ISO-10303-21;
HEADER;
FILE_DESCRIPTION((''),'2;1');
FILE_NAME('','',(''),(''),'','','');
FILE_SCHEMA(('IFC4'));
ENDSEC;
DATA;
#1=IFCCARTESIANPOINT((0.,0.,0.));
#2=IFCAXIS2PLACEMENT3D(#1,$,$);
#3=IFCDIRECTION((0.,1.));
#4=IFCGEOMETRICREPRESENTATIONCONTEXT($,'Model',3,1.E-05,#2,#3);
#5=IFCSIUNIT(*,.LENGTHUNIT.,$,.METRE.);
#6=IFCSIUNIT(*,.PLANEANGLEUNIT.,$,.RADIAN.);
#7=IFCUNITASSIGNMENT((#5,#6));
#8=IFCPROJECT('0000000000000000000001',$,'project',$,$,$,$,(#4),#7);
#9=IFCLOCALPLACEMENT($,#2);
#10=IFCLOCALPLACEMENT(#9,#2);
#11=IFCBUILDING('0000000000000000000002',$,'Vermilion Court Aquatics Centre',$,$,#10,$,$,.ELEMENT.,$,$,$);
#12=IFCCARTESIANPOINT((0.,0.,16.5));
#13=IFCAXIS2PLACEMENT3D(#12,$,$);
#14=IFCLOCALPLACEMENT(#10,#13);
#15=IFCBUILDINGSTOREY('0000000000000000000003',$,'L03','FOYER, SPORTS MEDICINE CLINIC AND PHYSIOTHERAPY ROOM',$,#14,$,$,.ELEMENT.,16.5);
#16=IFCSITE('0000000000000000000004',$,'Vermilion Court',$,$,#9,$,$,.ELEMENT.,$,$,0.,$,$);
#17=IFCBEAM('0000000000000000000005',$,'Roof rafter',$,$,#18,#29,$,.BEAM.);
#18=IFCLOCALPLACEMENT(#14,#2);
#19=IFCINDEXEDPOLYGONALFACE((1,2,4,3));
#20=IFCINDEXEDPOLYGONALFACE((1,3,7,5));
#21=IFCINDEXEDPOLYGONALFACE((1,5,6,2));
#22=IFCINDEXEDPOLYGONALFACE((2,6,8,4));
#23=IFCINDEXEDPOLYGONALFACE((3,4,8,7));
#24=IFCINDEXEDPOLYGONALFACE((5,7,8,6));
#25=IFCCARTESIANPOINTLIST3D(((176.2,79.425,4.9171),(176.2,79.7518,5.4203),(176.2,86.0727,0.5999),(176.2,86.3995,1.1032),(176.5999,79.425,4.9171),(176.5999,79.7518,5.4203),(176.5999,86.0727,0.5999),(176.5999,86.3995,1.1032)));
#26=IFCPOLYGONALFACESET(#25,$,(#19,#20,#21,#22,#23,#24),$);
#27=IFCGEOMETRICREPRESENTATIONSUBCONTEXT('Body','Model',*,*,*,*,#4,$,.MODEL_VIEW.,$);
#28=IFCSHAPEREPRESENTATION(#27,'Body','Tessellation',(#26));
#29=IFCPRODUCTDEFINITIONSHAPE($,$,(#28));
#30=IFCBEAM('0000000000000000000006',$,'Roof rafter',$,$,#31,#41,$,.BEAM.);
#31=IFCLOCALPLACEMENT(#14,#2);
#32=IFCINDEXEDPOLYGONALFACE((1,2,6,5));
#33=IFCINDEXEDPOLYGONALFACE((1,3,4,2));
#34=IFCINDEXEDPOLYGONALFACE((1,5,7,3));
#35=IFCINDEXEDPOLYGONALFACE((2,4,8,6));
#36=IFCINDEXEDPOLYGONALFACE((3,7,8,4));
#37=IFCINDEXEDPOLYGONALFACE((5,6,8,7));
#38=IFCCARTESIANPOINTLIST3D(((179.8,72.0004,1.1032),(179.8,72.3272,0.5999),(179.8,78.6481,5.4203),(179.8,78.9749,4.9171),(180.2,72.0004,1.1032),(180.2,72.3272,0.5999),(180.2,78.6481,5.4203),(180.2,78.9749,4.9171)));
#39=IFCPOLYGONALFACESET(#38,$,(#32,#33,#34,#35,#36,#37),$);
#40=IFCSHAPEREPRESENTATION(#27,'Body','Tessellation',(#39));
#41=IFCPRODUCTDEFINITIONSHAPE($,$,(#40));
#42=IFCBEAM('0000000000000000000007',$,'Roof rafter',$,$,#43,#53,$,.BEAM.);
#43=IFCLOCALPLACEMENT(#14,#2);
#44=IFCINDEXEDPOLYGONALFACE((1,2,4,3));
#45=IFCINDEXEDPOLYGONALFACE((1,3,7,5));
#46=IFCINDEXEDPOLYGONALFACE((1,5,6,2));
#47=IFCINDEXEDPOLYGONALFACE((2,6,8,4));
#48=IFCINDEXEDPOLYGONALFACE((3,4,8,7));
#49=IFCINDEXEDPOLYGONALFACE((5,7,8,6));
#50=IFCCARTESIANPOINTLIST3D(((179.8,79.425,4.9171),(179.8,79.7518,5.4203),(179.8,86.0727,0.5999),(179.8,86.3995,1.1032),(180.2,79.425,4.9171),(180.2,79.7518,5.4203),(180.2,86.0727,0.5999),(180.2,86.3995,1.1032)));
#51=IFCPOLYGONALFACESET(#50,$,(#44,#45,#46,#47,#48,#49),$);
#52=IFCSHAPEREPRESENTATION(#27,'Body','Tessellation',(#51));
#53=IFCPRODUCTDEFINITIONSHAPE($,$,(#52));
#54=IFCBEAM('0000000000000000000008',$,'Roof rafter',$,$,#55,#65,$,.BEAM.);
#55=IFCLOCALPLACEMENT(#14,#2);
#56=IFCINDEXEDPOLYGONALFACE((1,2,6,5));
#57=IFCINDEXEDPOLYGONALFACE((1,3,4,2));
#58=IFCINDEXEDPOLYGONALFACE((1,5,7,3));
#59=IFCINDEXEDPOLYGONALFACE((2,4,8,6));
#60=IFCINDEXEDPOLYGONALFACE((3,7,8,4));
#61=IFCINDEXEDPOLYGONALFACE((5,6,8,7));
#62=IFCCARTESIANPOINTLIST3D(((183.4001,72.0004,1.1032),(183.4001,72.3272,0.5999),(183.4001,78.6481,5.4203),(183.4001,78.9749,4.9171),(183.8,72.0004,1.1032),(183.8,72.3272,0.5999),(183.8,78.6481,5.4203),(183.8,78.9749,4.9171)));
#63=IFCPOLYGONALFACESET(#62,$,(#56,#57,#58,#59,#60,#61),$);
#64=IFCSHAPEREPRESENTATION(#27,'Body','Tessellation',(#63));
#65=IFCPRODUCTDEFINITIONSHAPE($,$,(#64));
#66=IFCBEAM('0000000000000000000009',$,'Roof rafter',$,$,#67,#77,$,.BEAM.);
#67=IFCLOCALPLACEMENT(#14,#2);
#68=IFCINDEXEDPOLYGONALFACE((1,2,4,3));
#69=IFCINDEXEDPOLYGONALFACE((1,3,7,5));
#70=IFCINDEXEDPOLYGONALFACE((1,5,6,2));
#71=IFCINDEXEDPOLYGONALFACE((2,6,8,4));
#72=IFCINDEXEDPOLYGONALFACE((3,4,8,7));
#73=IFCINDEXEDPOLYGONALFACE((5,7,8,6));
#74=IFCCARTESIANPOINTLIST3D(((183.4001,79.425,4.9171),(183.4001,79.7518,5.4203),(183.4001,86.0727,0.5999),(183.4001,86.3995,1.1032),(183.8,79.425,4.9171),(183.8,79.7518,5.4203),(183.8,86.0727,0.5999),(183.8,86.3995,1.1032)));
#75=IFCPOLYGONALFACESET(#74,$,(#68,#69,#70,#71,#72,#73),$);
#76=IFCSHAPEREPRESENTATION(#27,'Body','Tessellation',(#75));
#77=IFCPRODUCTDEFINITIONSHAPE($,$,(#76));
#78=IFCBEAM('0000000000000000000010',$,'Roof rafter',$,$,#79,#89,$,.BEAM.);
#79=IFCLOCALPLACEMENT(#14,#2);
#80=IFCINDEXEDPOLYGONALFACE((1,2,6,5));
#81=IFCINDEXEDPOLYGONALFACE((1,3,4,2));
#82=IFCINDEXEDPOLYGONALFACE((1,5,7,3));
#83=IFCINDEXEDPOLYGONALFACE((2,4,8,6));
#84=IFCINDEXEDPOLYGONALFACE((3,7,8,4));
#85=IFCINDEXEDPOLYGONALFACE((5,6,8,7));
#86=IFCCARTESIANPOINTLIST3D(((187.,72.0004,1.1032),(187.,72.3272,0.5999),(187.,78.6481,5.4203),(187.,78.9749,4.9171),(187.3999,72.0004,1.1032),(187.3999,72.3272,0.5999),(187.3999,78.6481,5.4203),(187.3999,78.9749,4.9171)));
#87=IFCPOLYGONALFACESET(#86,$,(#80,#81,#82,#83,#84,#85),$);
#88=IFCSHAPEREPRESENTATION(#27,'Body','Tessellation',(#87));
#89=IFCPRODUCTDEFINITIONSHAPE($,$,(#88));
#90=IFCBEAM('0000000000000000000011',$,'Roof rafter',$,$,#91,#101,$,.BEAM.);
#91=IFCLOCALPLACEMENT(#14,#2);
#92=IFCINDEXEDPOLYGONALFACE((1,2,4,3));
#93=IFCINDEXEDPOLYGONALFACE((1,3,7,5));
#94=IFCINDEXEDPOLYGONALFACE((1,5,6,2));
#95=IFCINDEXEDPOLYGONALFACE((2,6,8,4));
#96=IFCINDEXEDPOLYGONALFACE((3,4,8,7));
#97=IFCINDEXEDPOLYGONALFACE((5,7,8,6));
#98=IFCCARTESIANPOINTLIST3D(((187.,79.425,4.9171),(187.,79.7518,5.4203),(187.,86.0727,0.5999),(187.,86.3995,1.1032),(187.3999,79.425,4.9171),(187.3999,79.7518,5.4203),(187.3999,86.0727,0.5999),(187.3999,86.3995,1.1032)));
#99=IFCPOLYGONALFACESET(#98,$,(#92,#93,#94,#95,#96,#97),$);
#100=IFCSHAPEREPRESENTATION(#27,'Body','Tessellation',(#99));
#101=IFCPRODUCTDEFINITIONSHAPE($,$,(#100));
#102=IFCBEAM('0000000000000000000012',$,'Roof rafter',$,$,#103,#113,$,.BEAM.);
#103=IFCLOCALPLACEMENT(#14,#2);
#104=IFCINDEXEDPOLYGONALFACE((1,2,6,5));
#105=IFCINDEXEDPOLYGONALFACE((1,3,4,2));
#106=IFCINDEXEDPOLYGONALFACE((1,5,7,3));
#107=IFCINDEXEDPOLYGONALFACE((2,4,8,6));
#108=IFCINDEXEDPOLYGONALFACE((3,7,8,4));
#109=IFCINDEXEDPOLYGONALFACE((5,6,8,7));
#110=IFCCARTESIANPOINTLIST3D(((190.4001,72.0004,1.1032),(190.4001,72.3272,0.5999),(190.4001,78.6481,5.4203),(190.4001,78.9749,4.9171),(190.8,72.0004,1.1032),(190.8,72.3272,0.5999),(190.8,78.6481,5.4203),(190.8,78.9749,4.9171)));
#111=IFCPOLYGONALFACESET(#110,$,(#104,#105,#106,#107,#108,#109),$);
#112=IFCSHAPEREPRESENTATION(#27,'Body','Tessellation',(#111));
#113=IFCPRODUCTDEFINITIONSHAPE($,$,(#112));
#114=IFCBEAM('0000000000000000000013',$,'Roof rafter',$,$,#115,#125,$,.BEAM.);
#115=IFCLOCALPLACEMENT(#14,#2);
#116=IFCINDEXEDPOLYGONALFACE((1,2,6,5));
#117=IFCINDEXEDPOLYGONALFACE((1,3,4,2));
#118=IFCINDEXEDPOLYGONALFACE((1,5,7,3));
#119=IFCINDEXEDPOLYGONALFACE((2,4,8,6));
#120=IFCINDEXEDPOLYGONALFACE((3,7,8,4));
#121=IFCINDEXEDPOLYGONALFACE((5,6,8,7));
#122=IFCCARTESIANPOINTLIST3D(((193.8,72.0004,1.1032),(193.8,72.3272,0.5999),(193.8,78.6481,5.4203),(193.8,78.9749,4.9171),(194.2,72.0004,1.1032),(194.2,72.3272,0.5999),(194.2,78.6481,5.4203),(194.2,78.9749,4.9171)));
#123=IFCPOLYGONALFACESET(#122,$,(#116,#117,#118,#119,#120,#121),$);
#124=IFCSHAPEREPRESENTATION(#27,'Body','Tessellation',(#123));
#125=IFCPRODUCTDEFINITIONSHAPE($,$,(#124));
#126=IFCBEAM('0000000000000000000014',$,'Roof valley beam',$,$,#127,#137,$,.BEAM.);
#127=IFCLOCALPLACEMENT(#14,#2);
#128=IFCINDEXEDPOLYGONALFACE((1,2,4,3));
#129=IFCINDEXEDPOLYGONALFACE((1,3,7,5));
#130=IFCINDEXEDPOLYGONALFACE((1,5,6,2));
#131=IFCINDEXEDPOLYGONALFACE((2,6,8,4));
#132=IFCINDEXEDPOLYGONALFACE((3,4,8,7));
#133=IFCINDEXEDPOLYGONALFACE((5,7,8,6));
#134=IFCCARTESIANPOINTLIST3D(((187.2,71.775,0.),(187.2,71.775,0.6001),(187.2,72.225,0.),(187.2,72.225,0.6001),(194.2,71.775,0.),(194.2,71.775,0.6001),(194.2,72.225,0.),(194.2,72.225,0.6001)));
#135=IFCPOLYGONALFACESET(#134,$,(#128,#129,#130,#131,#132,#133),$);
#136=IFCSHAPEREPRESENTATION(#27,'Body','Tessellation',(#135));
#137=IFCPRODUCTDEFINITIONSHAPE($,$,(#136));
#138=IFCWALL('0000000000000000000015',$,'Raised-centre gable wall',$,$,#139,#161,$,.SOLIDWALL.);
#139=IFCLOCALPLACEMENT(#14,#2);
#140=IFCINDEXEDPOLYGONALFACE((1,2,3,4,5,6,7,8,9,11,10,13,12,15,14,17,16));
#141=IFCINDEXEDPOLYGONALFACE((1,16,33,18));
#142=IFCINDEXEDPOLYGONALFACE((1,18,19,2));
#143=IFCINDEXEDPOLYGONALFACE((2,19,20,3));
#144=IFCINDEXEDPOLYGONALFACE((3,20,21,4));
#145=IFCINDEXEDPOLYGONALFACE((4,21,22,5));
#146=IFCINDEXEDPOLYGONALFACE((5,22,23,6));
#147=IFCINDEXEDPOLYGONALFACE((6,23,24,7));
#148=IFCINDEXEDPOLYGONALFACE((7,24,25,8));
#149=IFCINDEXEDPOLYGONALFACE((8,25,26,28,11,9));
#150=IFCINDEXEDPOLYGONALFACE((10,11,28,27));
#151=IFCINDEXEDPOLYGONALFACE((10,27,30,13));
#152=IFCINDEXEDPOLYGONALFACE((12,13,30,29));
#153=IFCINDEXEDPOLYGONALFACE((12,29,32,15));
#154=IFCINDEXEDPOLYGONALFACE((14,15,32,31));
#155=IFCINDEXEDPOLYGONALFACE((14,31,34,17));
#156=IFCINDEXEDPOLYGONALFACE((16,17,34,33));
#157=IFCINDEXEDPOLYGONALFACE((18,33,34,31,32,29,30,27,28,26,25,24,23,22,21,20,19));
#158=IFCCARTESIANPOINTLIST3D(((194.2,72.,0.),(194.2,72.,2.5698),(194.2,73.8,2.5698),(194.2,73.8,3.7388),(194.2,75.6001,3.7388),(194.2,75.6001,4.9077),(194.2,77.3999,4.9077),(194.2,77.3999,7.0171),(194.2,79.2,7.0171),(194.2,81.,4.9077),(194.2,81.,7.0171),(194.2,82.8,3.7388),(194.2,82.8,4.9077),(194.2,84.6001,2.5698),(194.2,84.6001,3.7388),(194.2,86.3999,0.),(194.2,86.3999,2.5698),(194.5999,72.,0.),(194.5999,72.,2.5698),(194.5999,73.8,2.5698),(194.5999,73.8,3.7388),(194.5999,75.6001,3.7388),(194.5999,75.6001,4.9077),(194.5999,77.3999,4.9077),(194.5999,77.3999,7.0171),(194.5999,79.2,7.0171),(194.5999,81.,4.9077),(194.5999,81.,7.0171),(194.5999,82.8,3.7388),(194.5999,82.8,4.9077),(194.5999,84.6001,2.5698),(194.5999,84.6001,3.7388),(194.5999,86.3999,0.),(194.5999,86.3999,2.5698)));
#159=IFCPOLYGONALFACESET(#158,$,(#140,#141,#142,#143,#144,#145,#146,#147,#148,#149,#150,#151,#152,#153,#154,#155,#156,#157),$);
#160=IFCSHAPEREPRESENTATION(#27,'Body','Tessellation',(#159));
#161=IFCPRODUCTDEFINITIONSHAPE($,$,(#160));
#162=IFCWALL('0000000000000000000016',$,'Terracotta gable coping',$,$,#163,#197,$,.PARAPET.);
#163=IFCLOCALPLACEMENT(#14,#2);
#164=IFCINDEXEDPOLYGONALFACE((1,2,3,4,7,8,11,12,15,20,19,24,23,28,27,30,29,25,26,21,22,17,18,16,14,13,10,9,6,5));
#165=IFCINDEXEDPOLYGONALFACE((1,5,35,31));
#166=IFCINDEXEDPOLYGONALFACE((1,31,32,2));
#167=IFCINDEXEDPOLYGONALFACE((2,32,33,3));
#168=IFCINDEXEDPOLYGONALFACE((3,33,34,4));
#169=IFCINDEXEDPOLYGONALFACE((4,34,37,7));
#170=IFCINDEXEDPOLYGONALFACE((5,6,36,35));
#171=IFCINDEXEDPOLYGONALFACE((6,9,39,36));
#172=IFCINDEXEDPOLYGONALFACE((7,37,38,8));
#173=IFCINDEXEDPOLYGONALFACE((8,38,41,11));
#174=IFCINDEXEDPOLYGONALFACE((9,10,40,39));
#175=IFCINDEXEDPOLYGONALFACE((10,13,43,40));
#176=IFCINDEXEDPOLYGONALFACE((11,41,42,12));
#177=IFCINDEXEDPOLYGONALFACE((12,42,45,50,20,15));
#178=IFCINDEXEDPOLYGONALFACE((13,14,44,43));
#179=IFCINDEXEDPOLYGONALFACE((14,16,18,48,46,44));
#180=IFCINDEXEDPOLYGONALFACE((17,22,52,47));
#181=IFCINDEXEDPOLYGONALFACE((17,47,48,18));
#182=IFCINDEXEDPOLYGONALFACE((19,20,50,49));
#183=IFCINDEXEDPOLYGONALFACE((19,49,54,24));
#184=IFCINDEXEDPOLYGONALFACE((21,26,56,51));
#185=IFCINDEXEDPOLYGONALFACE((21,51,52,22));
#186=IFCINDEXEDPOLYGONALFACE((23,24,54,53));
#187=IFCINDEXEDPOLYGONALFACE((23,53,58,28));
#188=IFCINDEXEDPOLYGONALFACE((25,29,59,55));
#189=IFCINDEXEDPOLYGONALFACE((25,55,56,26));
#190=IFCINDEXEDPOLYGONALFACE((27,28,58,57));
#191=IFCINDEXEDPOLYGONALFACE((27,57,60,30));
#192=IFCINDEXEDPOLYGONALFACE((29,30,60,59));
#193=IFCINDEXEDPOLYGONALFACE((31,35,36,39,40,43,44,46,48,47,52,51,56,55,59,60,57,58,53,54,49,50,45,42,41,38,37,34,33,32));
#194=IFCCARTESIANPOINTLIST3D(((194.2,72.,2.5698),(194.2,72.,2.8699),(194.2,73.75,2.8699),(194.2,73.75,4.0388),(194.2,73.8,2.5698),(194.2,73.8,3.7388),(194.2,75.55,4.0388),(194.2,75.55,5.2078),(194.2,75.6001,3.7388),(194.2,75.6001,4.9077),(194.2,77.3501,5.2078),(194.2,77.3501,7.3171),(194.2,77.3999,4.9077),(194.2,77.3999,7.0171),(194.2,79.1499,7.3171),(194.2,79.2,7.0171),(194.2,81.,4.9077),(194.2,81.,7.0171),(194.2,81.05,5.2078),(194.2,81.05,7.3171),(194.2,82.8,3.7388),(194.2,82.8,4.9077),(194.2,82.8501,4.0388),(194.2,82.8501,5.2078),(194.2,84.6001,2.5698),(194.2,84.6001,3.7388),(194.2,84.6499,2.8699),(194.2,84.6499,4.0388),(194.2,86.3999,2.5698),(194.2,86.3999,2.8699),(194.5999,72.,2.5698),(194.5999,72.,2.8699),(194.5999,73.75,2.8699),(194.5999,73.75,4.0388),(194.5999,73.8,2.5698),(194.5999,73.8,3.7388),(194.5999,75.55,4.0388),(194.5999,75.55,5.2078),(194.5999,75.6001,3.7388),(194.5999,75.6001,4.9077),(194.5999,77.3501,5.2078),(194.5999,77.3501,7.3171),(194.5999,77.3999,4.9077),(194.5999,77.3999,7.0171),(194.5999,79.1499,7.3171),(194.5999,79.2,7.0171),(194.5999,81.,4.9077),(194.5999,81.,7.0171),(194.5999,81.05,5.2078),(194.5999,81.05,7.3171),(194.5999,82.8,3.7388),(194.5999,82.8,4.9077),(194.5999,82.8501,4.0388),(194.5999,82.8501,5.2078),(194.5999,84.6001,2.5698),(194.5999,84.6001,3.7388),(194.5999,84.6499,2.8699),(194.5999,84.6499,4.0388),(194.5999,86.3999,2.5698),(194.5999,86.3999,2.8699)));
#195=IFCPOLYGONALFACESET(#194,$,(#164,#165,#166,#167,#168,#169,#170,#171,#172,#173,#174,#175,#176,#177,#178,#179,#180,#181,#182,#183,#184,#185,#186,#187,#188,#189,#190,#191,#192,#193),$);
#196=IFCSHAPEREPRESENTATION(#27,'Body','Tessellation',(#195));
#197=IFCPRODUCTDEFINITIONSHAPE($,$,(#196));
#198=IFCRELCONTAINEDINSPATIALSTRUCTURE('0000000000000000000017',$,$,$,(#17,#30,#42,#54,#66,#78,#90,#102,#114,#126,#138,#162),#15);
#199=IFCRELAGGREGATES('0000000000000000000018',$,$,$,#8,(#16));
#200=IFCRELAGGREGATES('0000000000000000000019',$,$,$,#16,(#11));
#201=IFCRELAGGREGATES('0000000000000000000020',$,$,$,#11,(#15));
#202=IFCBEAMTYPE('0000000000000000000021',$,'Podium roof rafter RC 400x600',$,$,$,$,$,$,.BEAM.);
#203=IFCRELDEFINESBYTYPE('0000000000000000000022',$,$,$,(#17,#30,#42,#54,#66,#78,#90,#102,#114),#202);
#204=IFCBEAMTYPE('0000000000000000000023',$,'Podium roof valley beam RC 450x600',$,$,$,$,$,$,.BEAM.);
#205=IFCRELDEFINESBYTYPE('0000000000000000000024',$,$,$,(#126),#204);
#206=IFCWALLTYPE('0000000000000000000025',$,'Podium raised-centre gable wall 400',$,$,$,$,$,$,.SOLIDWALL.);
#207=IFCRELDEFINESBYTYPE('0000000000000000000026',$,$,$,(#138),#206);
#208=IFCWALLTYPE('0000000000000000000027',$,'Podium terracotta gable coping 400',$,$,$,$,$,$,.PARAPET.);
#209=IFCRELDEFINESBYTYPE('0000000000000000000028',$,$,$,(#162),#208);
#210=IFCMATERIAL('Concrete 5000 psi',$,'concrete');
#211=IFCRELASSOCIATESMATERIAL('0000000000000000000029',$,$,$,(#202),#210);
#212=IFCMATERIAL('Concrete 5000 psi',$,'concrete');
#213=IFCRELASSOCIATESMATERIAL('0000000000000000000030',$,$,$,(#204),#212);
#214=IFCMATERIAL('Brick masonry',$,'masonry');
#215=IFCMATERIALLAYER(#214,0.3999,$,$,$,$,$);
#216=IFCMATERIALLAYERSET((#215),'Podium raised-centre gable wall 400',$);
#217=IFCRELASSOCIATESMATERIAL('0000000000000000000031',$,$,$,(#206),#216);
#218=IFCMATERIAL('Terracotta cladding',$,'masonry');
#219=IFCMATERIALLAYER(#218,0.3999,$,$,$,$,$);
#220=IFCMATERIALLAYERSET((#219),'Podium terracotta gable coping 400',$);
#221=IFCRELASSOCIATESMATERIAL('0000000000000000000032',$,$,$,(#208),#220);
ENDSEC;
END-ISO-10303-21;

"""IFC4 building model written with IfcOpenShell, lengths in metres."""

from ifc_helpers import new_model, si_unit, direction, frame, origin, origin_2d, place, context, subcontext, project, spatial, polyline, rectangle, outline, extrude, material, layer, layer_set, material_profile, profile_set, type_object, element, save


model = new_model("IFC4")

# Units and contexts
model_context = context("Model", 3, precision=1e-05, world=origin(), true_north=direction((0.0, 1.0)))
body_context = subcontext(model_context, "Body", "Model", "MODEL_VIEW")
ifc_project = project(units=[si_unit("LENGTHUNIT", "METRE"), si_unit("PLANEANGLEUNIT", "RADIAN")], contexts=[model_context])

# Site, building, storey
site_placement = place(None, origin())
site = spatial("IfcSite", under=ifc_project, at=site_placement, Name="Vermilion Court", CompositionType="ELEMENT", RefElevation=0.0)
building_placement = place(site_placement, origin())
building = spatial("IfcBuilding", under=site, at=building_placement, Name="Vermilion Court Aquatics Centre", CompositionType="ELEMENT")
storey_placement = place(building_placement, frame((0.0, 0.0, 16.5)))
storey = spatial("IfcBuildingStorey", under=building, at=storey_placement, Name="L03", Description="FOYER, SPORTS MEDICINE CLINIC AND PHYSIOTHERAPY ROOM", CompositionType="ELEMENT", Elevation=16.5)

# Beams
ifc_material_1 = material(Name="Concrete 5000 psi", Category="concrete")
ifc_material_profile_1 = material_profile(ifc_material_1, rectangle(XDim=0.3999, YDim=0.6001, at=origin_2d()), Name="RC 400x600")
ifc_profile_set_1 = profile_set([ifc_material_profile_1], Name="Concrete 5000 psi")
beam_type_1 = type_object("IfcBeamType", Name="Podium roof rafter RC 400x600", PredefinedType="BEAM", material=ifc_profile_set_1)
for number, where, z_axis, x_axis, name in (
    (1, (176.3999, 86.2361, 0.8516), (0.0, -0.838667, 0.544645), (1.0, 0.0, 0.0), "Roof rafter"),
    (2, (180.0, 72.1638, 0.8516), (0.0, 0.838667, 0.544645), (-1.0, 0.0, 0.0), "Roof rafter"),
    (3, (180.0, 86.2361, 0.8516), (0.0, -0.838667, 0.544645), (1.0, 0.0, 0.0), "Roof rafter"),
    (4, (183.6001, 72.1638, 0.8516), (0.0, 0.838667, 0.544645), (-1.0, 0.0, 0.0), "Roof rafter"),
    (5, (183.6001, 86.2361, 0.8516), (0.0, -0.838667, 0.544645), (1.0, 0.0, 0.0), "Roof rafter"),
    (6, (187.2, 72.1638, 0.8516), (0.0, 0.838667, 0.544645), (-1.0, 0.0, 0.0), "Roof rafter"),
    (7, (187.2, 86.2361, 0.8516), (0.0, -0.838667, 0.544645), (1.0, 0.0, 0.0), "Roof rafter"),
    (8, (190.6001, 72.1638, 0.8516), (0.0, 0.838667, 0.544645), (-1.0, 0.0, 0.0), "Roof rafter"),
    (9, (194.0, 72.1638, 0.8516), (0.0, 0.838667, 0.544645), (-1.0, 0.0, 0.0), "Roof rafter"),
):
    element("IfcBeam", number, at=place(storey_placement, frame(where, z_axis=z_axis, x_axis=x_axis)), inside=storey, type_object=beam_type_1, Name=name, PredefinedType="BEAM", context=body_context, shape_type="SweptSolid", body=[
        extrude(rectangle(XDim=0.3999, YDim=0.6001, at=origin_2d()), origin(), (0.0, 0.0, 1.0), 7.9265),
    ])
ifc_material_2 = material(Name="Concrete 5000 psi", Category="concrete")
ifc_material_profile_2 = material_profile(ifc_material_2, rectangle(XDim=0.45, YDim=0.6001, at=origin_2d()), Name="RC 450x600")
ifc_profile_set_2 = profile_set([ifc_material_profile_2], Name="Concrete 5000 psi")
beam_type_2 = type_object("IfcBeamType", Name="Podium roof valley beam RC 450x600", PredefinedType="BEAM", material=ifc_profile_set_2)
beam_placement = place(storey_placement, frame((187.2, 72.0, 0.3), z_axis=(1.0, 0.0, 0.0), x_axis=(0.0, 1.0, 0.0)))
element("IfcBeam", 10, at=beam_placement, inside=storey, type_object=beam_type_2, Name="Roof valley beam", PredefinedType="BEAM", context=body_context, shape_type="SweptSolid", body=[
    extrude(rectangle(XDim=0.45, YDim=0.6001, at=origin_2d()), origin(), (0.0, 0.0, 1.0), 7.0),
])

# Walls
ifc_material_3 = material(Name="Brick masonry", Category="masonry")
ifc_layer_1 = layer(ifc_material_3, 0.3999)
ifc_layer_set_1 = layer_set([ifc_layer_1], Name="Podium raised-centre gable wall 400")
wall_type_1 = type_object("IfcWallType", Name="Podium raised-centre gable wall 400", PredefinedType="SOLIDWALL", material=ifc_layer_set_1)
wall_1_placement = place(storey_placement, frame((194.3999, 72.0, 0.0), z_axis=(0.0, 0.0, 1.0), x_axis=(0.0, 1.0, 0.0)))
element("IfcWall", 11, at=wall_1_placement, inside=storey, type_object=wall_type_1, Name="Raised-centre gable wall", PredefinedType="SOLIDWALL", context=body_context, shape_type="SweptSolid", body=[
    extrude(outline(polyline([(0.0, 0.0), (14.3999, 0.0), (14.3999, 2.5698), (12.6001, 2.5698), (12.6001, 3.7388), (10.8, 3.7388), (10.8, 4.9077), (9.0, 4.9077), (9.0, 7.0171), (7.2, 7.0171), (7.2, 7.0171), (5.3999, 7.0171), (5.3999, 4.9077), (3.6001, 4.9077), (3.6001, 3.7388), (1.8, 3.7388), (1.8, 2.5698), (0.0, 2.5698), (0.0, 0.0)])), frame((0.0, 0.2, 0.0), z_axis=(0.0, -1.0, 0.0), x_axis=(1.0, 0.0, 0.0)), (0.0, 0.0, 1.0), 0.3999),
])
ifc_material_4 = material(Name="Terracotta cladding", Category="masonry")
ifc_layer_2 = layer(ifc_material_4, 0.3999)
ifc_layer_set_2 = layer_set([ifc_layer_2], Name="Podium terracotta gable coping 400")
wall_type_2 = type_object("IfcWallType", Name="Podium terracotta gable coping 400", PredefinedType="PARAPET", material=ifc_layer_set_2)
wall_2_placement = place(storey_placement, frame((194.3999, 72.0, 0.0), z_axis=(0.0, 0.0, 1.0), x_axis=(0.0, 1.0, 0.0)))
element("IfcWall", 12, at=wall_2_placement, inside=storey, type_object=wall_type_2, Name="Terracotta gable coping", PredefinedType="PARAPET", context=body_context, shape_type="SweptSolid", body=[
    extrude(outline(polyline([(0.0, 2.5698), (1.8, 2.5698), (1.8, 3.7388), (3.6001, 3.7388), (3.6001, 4.9077), (5.3999, 4.9077), (5.3999, 7.0171), (7.2, 7.0171), (7.2, 7.0171), (9.0, 7.0171), (9.0, 4.9077), (10.8, 4.9077), (10.8, 3.7388), (12.6001, 3.7388), (12.6001, 2.5698), (14.3999, 2.5698), (14.3999, 2.8699), (12.6499, 2.8699), (12.6499, 4.0388), (10.8501, 4.0388), (10.8501, 5.2078), (9.05, 5.2078), (9.05, 7.3171), (7.1499, 7.3171), (7.1499, 7.3171), (5.3501, 7.3171), (5.3501, 5.2078), (3.55, 5.2078), (3.55, 4.0388), (1.75, 4.0388), (1.75, 2.8699), (0.0, 2.8699), (0.0, 2.5698)])), frame((0.0, 0.2, 0.0), z_axis=(0.0, -1.0, 0.0), x_axis=(1.0, 0.0, 0.0)), (0.0, 0.0, 1.0), 0.3999),
])

save(model, "model.ifc")
